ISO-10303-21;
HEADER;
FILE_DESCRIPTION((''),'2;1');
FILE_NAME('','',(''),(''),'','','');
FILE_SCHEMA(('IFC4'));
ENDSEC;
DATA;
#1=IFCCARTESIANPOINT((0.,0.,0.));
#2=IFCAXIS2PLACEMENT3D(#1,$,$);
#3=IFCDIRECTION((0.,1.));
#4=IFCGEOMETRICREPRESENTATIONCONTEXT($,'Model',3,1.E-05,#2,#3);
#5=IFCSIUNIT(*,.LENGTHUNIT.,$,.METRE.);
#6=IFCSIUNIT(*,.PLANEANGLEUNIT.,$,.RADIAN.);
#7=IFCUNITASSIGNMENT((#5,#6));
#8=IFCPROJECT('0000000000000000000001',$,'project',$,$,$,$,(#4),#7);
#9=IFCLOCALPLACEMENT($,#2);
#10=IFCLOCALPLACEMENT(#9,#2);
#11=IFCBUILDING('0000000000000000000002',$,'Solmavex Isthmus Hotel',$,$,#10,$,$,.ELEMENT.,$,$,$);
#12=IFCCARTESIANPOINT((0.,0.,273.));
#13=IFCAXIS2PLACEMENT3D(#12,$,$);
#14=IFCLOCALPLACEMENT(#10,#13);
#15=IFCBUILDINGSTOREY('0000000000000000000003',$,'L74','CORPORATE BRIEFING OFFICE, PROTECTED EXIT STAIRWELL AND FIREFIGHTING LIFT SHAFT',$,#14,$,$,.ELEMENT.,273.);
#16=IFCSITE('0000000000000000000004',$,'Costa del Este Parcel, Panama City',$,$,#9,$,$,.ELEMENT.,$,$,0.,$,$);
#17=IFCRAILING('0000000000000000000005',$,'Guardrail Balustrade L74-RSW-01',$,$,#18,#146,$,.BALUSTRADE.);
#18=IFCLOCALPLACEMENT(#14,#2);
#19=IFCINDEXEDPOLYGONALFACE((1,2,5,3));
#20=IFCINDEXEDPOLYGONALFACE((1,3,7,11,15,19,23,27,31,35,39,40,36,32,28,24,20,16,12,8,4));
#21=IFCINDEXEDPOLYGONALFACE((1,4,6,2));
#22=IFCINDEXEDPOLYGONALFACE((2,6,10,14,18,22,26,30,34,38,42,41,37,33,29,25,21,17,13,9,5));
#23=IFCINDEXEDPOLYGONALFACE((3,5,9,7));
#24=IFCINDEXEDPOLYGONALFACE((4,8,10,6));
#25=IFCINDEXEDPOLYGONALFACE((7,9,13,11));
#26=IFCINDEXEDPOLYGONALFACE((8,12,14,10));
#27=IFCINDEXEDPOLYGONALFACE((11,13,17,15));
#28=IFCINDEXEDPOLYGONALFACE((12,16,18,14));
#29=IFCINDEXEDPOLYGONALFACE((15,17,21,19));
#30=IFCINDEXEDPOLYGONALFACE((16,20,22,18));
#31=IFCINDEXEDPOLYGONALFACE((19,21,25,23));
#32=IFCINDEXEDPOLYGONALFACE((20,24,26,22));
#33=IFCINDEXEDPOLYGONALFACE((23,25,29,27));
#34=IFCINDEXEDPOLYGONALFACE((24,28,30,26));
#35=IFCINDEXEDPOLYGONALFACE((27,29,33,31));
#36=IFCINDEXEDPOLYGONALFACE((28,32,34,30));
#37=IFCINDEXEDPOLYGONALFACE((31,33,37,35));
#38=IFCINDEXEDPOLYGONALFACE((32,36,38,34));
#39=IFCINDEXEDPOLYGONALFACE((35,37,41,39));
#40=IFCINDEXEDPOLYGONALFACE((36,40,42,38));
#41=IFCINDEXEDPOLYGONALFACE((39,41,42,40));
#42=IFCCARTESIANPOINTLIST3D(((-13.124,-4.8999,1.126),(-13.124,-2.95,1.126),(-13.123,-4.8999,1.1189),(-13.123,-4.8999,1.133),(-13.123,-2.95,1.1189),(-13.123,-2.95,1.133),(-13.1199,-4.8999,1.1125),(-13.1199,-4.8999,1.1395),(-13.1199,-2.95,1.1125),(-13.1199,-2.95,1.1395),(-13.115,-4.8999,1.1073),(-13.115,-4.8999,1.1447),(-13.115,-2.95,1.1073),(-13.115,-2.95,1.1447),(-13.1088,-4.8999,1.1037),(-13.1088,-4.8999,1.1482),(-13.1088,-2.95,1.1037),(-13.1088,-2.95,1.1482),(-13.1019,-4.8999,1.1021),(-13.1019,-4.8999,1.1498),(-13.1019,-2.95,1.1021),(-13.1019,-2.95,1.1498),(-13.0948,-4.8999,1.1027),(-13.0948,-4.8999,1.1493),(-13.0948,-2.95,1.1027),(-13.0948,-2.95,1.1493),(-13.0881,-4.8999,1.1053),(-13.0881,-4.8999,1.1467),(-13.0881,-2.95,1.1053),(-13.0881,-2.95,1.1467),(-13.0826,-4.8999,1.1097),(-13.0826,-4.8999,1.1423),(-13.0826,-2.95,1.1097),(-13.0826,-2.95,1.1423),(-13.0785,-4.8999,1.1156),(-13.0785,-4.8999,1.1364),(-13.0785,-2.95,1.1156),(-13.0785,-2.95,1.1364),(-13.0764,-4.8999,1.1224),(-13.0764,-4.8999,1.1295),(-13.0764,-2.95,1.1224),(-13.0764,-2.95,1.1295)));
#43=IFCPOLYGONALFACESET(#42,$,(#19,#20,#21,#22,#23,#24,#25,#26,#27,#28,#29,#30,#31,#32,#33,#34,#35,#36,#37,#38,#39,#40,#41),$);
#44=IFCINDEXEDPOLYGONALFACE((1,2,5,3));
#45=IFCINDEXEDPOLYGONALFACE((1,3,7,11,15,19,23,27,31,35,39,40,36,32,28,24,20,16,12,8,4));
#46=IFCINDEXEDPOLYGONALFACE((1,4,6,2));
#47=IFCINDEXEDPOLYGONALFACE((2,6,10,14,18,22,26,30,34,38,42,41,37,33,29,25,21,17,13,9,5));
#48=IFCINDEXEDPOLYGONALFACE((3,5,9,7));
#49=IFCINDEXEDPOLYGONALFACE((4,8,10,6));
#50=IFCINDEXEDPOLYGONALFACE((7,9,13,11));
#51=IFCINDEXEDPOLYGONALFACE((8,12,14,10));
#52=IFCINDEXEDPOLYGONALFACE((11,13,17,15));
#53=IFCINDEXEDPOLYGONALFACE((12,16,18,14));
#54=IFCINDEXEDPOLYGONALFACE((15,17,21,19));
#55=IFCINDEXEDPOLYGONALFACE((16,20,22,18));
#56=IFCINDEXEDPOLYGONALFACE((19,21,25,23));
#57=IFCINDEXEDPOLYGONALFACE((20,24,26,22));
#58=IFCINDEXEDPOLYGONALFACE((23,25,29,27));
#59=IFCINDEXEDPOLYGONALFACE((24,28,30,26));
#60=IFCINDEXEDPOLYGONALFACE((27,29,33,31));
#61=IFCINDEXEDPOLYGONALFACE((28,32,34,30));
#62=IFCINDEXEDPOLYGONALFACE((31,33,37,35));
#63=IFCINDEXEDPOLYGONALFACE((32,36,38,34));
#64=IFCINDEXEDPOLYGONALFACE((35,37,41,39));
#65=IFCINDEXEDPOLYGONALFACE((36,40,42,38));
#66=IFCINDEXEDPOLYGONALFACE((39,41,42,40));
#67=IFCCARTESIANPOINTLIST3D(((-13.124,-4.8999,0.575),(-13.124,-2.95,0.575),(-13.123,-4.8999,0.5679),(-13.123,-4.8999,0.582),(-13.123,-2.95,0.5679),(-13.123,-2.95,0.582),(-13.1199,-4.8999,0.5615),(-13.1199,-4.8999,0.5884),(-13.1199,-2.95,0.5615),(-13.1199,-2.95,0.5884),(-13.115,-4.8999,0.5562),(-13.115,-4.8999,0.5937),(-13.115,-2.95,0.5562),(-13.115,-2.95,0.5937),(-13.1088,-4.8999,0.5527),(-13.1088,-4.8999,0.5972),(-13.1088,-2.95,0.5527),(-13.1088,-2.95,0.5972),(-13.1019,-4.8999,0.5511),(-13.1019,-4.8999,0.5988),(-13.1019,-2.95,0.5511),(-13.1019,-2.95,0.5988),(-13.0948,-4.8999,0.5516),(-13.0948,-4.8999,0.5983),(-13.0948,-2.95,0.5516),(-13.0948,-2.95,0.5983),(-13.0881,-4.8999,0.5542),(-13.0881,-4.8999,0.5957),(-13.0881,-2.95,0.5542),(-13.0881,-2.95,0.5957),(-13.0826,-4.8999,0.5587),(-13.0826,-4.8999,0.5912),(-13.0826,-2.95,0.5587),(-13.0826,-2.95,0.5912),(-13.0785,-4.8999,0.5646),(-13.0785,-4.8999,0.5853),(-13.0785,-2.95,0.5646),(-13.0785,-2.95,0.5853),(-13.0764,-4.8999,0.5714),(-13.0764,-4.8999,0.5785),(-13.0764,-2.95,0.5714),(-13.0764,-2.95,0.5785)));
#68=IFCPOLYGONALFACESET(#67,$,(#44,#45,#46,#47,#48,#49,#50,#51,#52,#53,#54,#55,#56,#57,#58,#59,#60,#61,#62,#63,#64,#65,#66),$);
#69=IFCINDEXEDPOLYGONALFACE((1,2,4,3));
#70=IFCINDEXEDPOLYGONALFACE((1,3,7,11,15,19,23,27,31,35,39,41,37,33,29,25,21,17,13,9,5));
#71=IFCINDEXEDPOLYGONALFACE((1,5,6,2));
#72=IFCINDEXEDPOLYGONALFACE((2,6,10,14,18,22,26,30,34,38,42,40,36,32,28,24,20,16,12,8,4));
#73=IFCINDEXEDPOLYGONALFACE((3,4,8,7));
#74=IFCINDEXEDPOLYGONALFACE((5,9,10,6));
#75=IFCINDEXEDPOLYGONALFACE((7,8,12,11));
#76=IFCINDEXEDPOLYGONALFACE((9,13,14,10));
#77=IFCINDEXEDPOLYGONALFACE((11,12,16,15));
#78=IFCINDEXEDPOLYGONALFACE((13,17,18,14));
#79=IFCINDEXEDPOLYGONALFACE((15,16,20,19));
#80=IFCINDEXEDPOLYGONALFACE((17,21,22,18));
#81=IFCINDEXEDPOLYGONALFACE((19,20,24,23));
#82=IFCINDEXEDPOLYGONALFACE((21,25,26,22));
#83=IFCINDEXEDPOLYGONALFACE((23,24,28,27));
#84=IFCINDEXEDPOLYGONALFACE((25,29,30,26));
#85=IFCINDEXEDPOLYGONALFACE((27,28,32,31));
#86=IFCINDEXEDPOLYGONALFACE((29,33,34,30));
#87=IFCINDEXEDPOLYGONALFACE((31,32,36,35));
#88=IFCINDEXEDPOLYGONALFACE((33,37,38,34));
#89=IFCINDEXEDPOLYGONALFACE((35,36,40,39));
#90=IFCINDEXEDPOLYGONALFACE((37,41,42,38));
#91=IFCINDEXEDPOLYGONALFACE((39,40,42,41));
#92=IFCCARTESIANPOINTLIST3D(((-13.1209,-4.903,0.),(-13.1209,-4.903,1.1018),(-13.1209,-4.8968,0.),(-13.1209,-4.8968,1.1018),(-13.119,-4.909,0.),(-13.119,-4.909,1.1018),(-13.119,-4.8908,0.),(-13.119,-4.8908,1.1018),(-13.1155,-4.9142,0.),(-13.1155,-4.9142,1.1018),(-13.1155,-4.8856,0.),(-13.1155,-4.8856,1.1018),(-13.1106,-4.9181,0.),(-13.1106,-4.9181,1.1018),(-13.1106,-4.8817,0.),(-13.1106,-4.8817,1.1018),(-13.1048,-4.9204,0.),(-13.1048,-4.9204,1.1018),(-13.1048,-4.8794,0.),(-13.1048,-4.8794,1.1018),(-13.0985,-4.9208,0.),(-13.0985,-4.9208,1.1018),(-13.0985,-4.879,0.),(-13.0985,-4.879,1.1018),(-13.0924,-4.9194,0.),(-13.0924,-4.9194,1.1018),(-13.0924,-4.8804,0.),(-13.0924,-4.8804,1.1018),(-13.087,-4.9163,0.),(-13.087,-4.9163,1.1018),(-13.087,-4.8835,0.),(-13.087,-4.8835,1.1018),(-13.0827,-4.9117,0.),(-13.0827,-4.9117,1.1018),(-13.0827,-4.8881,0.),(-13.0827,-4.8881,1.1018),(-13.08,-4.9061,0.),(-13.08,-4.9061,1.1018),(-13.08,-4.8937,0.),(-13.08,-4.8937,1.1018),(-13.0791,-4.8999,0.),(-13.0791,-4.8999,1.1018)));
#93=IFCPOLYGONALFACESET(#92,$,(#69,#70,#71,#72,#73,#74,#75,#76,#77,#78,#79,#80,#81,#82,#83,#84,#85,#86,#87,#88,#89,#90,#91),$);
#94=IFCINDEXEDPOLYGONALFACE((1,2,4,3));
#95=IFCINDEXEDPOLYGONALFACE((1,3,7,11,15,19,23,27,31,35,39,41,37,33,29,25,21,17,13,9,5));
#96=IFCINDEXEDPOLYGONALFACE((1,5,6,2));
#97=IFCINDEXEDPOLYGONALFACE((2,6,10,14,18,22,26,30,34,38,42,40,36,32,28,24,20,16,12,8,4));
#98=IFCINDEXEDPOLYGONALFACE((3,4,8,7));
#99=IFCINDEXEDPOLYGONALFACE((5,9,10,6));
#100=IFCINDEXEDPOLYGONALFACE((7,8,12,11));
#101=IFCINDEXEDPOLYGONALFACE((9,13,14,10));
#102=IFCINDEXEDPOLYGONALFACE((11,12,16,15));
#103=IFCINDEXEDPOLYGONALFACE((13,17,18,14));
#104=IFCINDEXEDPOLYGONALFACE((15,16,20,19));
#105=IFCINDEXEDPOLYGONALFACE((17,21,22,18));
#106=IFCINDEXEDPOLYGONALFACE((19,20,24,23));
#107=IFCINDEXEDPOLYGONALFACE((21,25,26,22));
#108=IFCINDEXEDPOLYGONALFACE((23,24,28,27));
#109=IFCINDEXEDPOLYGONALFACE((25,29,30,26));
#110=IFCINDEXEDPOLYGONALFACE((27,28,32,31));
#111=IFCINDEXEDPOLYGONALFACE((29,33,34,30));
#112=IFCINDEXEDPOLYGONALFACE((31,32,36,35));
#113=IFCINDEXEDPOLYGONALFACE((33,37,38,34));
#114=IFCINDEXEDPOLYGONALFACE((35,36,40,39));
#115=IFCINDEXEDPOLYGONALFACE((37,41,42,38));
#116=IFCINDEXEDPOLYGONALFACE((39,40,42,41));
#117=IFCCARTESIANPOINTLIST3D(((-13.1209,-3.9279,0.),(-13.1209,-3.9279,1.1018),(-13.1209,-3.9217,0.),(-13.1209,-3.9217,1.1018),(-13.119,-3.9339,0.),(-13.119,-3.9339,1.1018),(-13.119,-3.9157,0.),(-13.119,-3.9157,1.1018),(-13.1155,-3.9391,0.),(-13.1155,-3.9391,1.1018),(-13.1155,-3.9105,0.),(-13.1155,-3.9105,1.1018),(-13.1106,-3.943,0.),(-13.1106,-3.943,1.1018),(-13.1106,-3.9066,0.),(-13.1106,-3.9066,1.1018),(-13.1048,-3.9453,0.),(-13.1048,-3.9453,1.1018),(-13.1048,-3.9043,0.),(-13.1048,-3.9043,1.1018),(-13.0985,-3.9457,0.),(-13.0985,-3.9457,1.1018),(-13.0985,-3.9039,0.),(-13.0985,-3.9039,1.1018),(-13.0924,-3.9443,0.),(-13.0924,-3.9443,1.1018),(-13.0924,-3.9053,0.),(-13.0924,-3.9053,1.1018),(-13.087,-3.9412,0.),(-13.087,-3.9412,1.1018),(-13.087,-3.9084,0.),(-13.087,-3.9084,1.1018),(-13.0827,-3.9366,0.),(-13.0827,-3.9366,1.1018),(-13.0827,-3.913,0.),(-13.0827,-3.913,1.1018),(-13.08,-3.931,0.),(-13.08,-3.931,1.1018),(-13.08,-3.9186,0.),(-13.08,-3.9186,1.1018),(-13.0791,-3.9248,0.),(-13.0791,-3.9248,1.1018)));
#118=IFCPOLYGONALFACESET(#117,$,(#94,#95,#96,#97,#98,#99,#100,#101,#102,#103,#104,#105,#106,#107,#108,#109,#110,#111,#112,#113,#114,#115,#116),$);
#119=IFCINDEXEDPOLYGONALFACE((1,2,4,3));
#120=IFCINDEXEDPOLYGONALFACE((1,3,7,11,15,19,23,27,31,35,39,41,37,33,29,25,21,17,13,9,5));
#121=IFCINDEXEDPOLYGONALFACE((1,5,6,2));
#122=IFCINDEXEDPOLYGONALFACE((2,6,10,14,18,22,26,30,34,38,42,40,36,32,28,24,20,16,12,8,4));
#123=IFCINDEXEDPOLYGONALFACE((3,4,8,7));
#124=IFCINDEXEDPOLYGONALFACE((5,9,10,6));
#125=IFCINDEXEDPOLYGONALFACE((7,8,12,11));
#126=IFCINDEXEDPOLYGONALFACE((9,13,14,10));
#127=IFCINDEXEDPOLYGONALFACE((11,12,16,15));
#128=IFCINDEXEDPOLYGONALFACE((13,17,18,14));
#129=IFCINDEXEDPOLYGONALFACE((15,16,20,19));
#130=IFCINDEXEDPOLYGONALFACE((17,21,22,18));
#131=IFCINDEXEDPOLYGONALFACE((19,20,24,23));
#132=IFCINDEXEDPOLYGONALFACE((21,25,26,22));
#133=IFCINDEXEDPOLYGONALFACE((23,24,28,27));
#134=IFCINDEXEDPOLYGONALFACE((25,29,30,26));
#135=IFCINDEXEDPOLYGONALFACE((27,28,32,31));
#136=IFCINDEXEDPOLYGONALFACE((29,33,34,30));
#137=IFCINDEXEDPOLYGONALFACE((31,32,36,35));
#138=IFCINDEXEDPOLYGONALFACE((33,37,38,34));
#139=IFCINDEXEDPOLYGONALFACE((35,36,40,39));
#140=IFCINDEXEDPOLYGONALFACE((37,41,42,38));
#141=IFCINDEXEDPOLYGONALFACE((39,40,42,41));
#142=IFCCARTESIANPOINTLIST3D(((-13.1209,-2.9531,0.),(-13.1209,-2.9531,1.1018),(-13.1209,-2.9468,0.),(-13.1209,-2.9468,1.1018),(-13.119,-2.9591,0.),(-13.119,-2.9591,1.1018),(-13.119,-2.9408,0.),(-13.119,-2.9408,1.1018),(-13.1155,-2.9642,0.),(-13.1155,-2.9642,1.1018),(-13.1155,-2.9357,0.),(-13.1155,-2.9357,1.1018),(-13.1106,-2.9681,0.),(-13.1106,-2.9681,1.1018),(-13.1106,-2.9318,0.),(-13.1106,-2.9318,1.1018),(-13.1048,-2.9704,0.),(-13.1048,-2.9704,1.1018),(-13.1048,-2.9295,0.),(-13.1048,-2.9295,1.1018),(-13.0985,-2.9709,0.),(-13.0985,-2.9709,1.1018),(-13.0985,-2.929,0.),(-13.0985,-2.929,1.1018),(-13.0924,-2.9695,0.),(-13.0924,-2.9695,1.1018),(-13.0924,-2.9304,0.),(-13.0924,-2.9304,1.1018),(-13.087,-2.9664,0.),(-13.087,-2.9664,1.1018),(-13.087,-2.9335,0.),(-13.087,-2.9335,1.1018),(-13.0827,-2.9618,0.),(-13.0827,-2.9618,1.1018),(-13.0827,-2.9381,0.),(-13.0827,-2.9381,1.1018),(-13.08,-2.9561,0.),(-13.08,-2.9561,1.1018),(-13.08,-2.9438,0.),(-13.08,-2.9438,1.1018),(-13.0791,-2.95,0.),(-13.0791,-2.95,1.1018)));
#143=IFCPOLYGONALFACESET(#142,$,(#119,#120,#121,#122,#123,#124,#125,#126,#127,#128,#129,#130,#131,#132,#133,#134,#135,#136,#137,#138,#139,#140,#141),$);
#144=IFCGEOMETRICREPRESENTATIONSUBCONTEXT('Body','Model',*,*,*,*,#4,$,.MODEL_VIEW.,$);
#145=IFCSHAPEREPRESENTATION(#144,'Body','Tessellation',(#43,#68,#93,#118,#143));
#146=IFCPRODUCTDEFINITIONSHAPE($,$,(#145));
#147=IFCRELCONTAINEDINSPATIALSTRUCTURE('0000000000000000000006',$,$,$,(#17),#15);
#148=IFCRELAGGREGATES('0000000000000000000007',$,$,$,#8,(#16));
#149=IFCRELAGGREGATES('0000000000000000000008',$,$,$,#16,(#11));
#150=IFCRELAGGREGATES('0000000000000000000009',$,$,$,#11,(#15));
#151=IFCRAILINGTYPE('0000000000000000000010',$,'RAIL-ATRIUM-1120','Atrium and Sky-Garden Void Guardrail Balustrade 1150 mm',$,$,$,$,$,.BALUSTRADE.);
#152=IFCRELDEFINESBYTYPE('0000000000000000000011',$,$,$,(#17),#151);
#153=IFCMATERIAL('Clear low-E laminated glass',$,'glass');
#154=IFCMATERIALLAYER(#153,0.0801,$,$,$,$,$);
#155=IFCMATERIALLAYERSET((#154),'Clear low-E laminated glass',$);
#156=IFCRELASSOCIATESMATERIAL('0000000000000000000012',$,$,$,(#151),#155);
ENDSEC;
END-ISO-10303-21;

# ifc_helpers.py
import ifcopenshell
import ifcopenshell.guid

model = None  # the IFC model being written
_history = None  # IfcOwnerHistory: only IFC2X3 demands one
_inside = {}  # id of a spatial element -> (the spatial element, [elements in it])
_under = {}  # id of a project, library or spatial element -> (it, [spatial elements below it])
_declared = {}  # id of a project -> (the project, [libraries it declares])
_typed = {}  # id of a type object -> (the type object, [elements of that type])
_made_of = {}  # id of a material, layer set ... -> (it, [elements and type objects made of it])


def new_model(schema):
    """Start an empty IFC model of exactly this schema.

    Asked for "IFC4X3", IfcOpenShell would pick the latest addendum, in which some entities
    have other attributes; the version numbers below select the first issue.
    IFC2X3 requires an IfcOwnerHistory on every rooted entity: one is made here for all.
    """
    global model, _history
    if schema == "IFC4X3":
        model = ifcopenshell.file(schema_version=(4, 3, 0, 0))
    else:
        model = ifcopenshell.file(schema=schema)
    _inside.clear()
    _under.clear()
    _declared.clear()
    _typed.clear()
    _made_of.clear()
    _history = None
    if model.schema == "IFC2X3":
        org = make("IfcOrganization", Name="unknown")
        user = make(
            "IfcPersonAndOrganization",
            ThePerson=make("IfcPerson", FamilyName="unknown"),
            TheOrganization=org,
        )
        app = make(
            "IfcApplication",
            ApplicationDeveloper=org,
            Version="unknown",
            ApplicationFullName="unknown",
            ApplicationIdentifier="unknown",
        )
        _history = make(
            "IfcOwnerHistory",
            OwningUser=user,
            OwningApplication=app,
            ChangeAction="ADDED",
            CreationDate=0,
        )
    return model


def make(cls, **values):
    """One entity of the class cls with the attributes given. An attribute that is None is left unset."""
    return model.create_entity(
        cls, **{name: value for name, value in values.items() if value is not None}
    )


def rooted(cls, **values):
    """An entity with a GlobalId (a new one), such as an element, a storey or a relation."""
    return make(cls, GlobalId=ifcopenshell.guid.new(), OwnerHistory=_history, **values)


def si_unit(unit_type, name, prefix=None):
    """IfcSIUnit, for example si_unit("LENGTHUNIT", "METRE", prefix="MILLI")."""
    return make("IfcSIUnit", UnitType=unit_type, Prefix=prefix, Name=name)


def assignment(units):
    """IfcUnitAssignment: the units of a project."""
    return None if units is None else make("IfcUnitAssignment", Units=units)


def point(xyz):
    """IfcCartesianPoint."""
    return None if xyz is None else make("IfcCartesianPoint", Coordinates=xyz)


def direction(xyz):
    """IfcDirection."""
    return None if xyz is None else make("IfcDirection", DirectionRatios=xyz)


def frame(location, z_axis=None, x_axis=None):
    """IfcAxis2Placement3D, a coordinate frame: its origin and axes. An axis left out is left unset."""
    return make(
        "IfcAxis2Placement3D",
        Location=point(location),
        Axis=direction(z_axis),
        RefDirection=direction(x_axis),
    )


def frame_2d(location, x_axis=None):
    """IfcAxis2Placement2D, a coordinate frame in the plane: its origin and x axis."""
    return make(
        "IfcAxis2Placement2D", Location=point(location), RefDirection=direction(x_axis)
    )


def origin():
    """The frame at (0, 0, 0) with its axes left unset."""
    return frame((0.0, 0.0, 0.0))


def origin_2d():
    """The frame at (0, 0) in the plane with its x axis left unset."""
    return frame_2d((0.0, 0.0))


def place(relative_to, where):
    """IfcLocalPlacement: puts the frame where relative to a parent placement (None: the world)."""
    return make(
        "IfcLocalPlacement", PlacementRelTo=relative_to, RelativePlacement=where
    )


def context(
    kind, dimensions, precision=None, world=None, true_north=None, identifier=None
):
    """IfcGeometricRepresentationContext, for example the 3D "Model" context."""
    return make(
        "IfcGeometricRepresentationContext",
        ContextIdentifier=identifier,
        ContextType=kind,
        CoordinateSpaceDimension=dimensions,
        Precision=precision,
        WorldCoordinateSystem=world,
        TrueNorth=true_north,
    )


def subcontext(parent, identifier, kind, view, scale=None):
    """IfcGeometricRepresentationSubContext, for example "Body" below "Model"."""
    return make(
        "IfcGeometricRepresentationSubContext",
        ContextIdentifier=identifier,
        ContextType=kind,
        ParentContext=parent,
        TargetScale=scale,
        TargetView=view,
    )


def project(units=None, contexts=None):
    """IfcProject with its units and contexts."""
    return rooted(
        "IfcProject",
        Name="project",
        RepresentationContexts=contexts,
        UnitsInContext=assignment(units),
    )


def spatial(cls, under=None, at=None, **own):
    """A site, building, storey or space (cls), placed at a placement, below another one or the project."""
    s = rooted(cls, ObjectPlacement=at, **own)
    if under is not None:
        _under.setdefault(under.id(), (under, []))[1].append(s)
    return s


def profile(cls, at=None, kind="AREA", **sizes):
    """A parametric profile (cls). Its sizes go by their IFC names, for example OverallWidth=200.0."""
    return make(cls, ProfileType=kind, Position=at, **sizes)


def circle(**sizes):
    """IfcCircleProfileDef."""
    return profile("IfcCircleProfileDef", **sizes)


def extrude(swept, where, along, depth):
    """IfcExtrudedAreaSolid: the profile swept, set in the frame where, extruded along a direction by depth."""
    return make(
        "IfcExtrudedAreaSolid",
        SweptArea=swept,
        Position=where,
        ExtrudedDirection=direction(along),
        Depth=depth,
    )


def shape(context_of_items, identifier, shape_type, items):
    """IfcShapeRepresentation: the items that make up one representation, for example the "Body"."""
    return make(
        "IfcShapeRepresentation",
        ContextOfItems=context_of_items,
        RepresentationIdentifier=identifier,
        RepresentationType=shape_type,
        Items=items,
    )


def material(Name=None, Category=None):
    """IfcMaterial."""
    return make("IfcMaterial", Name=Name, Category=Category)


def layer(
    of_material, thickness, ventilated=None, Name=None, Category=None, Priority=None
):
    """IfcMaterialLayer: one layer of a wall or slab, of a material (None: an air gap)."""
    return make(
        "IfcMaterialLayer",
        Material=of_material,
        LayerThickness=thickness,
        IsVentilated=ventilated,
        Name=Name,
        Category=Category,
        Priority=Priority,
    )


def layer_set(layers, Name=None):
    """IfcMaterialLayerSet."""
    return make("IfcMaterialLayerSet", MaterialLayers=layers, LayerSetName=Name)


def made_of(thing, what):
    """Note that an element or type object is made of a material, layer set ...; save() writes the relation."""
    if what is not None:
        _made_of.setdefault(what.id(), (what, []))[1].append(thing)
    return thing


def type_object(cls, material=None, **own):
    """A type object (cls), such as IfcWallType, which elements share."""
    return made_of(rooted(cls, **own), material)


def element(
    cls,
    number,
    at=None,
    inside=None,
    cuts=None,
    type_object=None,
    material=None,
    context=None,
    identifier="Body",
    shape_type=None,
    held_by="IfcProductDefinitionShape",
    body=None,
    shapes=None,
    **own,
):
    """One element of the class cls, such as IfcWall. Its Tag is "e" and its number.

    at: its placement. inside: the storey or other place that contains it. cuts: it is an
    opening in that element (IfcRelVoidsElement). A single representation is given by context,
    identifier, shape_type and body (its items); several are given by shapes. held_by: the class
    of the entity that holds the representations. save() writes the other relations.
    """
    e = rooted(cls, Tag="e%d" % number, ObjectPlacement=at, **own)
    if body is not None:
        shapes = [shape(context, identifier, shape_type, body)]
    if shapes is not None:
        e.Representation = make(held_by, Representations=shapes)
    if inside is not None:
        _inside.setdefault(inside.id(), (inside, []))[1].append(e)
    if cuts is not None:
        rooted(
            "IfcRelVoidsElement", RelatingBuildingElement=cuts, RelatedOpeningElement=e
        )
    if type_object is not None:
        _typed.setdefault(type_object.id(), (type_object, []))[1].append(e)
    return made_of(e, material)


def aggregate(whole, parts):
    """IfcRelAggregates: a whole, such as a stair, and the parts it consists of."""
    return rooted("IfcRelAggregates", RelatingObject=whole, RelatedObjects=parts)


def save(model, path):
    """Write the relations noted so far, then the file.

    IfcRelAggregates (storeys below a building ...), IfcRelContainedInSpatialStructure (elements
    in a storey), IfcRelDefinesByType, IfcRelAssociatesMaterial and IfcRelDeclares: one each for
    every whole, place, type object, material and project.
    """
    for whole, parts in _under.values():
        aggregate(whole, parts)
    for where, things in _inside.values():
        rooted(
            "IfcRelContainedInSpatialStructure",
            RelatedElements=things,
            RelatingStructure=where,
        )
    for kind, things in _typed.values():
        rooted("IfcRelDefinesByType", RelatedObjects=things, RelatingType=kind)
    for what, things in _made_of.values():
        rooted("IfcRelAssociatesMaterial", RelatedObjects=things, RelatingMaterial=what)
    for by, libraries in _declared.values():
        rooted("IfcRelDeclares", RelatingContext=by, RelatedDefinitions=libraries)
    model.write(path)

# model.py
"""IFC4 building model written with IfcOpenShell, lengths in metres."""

from ifc_helpers import new_model, si_unit, direction, frame, origin, origin_2d, place, context, subcontext, project, spatial, circle, extrude, material, layer, layer_set, type_object, element, save


model = new_model("IFC4")

# Units and contexts
model_context = context("Model", 3, precision=1e-05, world=origin(), true_north=direction((0.0, 1.0)))
body_context = subcontext(model_context, "Body", "Model", "MODEL_VIEW")
ifc_project = project(units=[si_unit("LENGTHUNIT", "METRE"), si_unit("PLANEANGLEUNIT", "RADIAN")], contexts=[model_context])

# Site, building, storey
site_placement = place(None, origin())
site = spatial("IfcSite", under=ifc_project, at=site_placement, Name="Costa del Este Parcel, Panama City", CompositionType="ELEMENT", RefElevation=0.0)
building_placement = place(site_placement, origin())
building = spatial("IfcBuilding", under=site, at=building_placement, Name="Solmavex Isthmus Hotel", CompositionType="ELEMENT")
storey_placement = place(building_placement, frame((0.0, 0.0, 273.0)))
storey = spatial("IfcBuildingStorey", under=building, at=storey_placement, Name="L74", Description="CORPORATE BRIEFING OFFICE, PROTECTED EXIT STAIRWELL AND FIREFIGHTING LIFT SHAFT", CompositionType="ELEMENT", Elevation=273.0)

# Railing
ifc_material_1 = material(Name="Clear low-E laminated glass", Category="glass")
ifc_layer_1 = layer(ifc_material_1, 0.0801)
ifc_layer_set_1 = layer_set([ifc_layer_1], Name="Clear low-E laminated glass")
railing_type = type_object("IfcRailingType", Name="RAIL-ATRIUM-1120", Description="Atrium and Sky-Garden Void Guardrail Balustrade 1150 mm", PredefinedType="BALUSTRADE", material=ifc_layer_set_1)
railing_placement = place(storey_placement, frame((-13.1001, -4.8999, 0.0)))
element("IfcRailing", 1, at=railing_placement, inside=storey, type_object=railing_type, Name="Guardrail Balustrade L74-RSW-01", PredefinedType="BALUSTRADE", context=body_context, shape_type="SweptSolid", body=[
    extrude(circle(Radius=0.0239, at=origin_2d()), frame((0.0, 0.0, 1.126), z_axis=(0.0, 1.0, 0.0), x_axis=(-1.0, 0.0, 0.0)), (0.0, 0.0, 1.0), 1.95),
    extrude(circle(Radius=0.0239, at=origin_2d()), frame((0.0, 0.0, 0.575), z_axis=(0.0, 1.0, 0.0), x_axis=(-1.0, 0.0, 0.0)), (0.0, 0.0, 1.0), 1.95),
    extrude(circle(Radius=0.021, at=origin_2d()), origin(), (0.0, 0.0, 1.0), 1.1018),
    extrude(circle(Radius=0.021, at=origin_2d()), frame((0.0, 0.9751, 0.0)), (0.0, 0.0, 1.0), 1.1018),
    extrude(circle(Radius=0.021, at=origin_2d()), frame((0.0, 1.95, 0.0)), (0.0, 0.0, 1.0), 1.1018),
])

save(model, "model.ifc")
